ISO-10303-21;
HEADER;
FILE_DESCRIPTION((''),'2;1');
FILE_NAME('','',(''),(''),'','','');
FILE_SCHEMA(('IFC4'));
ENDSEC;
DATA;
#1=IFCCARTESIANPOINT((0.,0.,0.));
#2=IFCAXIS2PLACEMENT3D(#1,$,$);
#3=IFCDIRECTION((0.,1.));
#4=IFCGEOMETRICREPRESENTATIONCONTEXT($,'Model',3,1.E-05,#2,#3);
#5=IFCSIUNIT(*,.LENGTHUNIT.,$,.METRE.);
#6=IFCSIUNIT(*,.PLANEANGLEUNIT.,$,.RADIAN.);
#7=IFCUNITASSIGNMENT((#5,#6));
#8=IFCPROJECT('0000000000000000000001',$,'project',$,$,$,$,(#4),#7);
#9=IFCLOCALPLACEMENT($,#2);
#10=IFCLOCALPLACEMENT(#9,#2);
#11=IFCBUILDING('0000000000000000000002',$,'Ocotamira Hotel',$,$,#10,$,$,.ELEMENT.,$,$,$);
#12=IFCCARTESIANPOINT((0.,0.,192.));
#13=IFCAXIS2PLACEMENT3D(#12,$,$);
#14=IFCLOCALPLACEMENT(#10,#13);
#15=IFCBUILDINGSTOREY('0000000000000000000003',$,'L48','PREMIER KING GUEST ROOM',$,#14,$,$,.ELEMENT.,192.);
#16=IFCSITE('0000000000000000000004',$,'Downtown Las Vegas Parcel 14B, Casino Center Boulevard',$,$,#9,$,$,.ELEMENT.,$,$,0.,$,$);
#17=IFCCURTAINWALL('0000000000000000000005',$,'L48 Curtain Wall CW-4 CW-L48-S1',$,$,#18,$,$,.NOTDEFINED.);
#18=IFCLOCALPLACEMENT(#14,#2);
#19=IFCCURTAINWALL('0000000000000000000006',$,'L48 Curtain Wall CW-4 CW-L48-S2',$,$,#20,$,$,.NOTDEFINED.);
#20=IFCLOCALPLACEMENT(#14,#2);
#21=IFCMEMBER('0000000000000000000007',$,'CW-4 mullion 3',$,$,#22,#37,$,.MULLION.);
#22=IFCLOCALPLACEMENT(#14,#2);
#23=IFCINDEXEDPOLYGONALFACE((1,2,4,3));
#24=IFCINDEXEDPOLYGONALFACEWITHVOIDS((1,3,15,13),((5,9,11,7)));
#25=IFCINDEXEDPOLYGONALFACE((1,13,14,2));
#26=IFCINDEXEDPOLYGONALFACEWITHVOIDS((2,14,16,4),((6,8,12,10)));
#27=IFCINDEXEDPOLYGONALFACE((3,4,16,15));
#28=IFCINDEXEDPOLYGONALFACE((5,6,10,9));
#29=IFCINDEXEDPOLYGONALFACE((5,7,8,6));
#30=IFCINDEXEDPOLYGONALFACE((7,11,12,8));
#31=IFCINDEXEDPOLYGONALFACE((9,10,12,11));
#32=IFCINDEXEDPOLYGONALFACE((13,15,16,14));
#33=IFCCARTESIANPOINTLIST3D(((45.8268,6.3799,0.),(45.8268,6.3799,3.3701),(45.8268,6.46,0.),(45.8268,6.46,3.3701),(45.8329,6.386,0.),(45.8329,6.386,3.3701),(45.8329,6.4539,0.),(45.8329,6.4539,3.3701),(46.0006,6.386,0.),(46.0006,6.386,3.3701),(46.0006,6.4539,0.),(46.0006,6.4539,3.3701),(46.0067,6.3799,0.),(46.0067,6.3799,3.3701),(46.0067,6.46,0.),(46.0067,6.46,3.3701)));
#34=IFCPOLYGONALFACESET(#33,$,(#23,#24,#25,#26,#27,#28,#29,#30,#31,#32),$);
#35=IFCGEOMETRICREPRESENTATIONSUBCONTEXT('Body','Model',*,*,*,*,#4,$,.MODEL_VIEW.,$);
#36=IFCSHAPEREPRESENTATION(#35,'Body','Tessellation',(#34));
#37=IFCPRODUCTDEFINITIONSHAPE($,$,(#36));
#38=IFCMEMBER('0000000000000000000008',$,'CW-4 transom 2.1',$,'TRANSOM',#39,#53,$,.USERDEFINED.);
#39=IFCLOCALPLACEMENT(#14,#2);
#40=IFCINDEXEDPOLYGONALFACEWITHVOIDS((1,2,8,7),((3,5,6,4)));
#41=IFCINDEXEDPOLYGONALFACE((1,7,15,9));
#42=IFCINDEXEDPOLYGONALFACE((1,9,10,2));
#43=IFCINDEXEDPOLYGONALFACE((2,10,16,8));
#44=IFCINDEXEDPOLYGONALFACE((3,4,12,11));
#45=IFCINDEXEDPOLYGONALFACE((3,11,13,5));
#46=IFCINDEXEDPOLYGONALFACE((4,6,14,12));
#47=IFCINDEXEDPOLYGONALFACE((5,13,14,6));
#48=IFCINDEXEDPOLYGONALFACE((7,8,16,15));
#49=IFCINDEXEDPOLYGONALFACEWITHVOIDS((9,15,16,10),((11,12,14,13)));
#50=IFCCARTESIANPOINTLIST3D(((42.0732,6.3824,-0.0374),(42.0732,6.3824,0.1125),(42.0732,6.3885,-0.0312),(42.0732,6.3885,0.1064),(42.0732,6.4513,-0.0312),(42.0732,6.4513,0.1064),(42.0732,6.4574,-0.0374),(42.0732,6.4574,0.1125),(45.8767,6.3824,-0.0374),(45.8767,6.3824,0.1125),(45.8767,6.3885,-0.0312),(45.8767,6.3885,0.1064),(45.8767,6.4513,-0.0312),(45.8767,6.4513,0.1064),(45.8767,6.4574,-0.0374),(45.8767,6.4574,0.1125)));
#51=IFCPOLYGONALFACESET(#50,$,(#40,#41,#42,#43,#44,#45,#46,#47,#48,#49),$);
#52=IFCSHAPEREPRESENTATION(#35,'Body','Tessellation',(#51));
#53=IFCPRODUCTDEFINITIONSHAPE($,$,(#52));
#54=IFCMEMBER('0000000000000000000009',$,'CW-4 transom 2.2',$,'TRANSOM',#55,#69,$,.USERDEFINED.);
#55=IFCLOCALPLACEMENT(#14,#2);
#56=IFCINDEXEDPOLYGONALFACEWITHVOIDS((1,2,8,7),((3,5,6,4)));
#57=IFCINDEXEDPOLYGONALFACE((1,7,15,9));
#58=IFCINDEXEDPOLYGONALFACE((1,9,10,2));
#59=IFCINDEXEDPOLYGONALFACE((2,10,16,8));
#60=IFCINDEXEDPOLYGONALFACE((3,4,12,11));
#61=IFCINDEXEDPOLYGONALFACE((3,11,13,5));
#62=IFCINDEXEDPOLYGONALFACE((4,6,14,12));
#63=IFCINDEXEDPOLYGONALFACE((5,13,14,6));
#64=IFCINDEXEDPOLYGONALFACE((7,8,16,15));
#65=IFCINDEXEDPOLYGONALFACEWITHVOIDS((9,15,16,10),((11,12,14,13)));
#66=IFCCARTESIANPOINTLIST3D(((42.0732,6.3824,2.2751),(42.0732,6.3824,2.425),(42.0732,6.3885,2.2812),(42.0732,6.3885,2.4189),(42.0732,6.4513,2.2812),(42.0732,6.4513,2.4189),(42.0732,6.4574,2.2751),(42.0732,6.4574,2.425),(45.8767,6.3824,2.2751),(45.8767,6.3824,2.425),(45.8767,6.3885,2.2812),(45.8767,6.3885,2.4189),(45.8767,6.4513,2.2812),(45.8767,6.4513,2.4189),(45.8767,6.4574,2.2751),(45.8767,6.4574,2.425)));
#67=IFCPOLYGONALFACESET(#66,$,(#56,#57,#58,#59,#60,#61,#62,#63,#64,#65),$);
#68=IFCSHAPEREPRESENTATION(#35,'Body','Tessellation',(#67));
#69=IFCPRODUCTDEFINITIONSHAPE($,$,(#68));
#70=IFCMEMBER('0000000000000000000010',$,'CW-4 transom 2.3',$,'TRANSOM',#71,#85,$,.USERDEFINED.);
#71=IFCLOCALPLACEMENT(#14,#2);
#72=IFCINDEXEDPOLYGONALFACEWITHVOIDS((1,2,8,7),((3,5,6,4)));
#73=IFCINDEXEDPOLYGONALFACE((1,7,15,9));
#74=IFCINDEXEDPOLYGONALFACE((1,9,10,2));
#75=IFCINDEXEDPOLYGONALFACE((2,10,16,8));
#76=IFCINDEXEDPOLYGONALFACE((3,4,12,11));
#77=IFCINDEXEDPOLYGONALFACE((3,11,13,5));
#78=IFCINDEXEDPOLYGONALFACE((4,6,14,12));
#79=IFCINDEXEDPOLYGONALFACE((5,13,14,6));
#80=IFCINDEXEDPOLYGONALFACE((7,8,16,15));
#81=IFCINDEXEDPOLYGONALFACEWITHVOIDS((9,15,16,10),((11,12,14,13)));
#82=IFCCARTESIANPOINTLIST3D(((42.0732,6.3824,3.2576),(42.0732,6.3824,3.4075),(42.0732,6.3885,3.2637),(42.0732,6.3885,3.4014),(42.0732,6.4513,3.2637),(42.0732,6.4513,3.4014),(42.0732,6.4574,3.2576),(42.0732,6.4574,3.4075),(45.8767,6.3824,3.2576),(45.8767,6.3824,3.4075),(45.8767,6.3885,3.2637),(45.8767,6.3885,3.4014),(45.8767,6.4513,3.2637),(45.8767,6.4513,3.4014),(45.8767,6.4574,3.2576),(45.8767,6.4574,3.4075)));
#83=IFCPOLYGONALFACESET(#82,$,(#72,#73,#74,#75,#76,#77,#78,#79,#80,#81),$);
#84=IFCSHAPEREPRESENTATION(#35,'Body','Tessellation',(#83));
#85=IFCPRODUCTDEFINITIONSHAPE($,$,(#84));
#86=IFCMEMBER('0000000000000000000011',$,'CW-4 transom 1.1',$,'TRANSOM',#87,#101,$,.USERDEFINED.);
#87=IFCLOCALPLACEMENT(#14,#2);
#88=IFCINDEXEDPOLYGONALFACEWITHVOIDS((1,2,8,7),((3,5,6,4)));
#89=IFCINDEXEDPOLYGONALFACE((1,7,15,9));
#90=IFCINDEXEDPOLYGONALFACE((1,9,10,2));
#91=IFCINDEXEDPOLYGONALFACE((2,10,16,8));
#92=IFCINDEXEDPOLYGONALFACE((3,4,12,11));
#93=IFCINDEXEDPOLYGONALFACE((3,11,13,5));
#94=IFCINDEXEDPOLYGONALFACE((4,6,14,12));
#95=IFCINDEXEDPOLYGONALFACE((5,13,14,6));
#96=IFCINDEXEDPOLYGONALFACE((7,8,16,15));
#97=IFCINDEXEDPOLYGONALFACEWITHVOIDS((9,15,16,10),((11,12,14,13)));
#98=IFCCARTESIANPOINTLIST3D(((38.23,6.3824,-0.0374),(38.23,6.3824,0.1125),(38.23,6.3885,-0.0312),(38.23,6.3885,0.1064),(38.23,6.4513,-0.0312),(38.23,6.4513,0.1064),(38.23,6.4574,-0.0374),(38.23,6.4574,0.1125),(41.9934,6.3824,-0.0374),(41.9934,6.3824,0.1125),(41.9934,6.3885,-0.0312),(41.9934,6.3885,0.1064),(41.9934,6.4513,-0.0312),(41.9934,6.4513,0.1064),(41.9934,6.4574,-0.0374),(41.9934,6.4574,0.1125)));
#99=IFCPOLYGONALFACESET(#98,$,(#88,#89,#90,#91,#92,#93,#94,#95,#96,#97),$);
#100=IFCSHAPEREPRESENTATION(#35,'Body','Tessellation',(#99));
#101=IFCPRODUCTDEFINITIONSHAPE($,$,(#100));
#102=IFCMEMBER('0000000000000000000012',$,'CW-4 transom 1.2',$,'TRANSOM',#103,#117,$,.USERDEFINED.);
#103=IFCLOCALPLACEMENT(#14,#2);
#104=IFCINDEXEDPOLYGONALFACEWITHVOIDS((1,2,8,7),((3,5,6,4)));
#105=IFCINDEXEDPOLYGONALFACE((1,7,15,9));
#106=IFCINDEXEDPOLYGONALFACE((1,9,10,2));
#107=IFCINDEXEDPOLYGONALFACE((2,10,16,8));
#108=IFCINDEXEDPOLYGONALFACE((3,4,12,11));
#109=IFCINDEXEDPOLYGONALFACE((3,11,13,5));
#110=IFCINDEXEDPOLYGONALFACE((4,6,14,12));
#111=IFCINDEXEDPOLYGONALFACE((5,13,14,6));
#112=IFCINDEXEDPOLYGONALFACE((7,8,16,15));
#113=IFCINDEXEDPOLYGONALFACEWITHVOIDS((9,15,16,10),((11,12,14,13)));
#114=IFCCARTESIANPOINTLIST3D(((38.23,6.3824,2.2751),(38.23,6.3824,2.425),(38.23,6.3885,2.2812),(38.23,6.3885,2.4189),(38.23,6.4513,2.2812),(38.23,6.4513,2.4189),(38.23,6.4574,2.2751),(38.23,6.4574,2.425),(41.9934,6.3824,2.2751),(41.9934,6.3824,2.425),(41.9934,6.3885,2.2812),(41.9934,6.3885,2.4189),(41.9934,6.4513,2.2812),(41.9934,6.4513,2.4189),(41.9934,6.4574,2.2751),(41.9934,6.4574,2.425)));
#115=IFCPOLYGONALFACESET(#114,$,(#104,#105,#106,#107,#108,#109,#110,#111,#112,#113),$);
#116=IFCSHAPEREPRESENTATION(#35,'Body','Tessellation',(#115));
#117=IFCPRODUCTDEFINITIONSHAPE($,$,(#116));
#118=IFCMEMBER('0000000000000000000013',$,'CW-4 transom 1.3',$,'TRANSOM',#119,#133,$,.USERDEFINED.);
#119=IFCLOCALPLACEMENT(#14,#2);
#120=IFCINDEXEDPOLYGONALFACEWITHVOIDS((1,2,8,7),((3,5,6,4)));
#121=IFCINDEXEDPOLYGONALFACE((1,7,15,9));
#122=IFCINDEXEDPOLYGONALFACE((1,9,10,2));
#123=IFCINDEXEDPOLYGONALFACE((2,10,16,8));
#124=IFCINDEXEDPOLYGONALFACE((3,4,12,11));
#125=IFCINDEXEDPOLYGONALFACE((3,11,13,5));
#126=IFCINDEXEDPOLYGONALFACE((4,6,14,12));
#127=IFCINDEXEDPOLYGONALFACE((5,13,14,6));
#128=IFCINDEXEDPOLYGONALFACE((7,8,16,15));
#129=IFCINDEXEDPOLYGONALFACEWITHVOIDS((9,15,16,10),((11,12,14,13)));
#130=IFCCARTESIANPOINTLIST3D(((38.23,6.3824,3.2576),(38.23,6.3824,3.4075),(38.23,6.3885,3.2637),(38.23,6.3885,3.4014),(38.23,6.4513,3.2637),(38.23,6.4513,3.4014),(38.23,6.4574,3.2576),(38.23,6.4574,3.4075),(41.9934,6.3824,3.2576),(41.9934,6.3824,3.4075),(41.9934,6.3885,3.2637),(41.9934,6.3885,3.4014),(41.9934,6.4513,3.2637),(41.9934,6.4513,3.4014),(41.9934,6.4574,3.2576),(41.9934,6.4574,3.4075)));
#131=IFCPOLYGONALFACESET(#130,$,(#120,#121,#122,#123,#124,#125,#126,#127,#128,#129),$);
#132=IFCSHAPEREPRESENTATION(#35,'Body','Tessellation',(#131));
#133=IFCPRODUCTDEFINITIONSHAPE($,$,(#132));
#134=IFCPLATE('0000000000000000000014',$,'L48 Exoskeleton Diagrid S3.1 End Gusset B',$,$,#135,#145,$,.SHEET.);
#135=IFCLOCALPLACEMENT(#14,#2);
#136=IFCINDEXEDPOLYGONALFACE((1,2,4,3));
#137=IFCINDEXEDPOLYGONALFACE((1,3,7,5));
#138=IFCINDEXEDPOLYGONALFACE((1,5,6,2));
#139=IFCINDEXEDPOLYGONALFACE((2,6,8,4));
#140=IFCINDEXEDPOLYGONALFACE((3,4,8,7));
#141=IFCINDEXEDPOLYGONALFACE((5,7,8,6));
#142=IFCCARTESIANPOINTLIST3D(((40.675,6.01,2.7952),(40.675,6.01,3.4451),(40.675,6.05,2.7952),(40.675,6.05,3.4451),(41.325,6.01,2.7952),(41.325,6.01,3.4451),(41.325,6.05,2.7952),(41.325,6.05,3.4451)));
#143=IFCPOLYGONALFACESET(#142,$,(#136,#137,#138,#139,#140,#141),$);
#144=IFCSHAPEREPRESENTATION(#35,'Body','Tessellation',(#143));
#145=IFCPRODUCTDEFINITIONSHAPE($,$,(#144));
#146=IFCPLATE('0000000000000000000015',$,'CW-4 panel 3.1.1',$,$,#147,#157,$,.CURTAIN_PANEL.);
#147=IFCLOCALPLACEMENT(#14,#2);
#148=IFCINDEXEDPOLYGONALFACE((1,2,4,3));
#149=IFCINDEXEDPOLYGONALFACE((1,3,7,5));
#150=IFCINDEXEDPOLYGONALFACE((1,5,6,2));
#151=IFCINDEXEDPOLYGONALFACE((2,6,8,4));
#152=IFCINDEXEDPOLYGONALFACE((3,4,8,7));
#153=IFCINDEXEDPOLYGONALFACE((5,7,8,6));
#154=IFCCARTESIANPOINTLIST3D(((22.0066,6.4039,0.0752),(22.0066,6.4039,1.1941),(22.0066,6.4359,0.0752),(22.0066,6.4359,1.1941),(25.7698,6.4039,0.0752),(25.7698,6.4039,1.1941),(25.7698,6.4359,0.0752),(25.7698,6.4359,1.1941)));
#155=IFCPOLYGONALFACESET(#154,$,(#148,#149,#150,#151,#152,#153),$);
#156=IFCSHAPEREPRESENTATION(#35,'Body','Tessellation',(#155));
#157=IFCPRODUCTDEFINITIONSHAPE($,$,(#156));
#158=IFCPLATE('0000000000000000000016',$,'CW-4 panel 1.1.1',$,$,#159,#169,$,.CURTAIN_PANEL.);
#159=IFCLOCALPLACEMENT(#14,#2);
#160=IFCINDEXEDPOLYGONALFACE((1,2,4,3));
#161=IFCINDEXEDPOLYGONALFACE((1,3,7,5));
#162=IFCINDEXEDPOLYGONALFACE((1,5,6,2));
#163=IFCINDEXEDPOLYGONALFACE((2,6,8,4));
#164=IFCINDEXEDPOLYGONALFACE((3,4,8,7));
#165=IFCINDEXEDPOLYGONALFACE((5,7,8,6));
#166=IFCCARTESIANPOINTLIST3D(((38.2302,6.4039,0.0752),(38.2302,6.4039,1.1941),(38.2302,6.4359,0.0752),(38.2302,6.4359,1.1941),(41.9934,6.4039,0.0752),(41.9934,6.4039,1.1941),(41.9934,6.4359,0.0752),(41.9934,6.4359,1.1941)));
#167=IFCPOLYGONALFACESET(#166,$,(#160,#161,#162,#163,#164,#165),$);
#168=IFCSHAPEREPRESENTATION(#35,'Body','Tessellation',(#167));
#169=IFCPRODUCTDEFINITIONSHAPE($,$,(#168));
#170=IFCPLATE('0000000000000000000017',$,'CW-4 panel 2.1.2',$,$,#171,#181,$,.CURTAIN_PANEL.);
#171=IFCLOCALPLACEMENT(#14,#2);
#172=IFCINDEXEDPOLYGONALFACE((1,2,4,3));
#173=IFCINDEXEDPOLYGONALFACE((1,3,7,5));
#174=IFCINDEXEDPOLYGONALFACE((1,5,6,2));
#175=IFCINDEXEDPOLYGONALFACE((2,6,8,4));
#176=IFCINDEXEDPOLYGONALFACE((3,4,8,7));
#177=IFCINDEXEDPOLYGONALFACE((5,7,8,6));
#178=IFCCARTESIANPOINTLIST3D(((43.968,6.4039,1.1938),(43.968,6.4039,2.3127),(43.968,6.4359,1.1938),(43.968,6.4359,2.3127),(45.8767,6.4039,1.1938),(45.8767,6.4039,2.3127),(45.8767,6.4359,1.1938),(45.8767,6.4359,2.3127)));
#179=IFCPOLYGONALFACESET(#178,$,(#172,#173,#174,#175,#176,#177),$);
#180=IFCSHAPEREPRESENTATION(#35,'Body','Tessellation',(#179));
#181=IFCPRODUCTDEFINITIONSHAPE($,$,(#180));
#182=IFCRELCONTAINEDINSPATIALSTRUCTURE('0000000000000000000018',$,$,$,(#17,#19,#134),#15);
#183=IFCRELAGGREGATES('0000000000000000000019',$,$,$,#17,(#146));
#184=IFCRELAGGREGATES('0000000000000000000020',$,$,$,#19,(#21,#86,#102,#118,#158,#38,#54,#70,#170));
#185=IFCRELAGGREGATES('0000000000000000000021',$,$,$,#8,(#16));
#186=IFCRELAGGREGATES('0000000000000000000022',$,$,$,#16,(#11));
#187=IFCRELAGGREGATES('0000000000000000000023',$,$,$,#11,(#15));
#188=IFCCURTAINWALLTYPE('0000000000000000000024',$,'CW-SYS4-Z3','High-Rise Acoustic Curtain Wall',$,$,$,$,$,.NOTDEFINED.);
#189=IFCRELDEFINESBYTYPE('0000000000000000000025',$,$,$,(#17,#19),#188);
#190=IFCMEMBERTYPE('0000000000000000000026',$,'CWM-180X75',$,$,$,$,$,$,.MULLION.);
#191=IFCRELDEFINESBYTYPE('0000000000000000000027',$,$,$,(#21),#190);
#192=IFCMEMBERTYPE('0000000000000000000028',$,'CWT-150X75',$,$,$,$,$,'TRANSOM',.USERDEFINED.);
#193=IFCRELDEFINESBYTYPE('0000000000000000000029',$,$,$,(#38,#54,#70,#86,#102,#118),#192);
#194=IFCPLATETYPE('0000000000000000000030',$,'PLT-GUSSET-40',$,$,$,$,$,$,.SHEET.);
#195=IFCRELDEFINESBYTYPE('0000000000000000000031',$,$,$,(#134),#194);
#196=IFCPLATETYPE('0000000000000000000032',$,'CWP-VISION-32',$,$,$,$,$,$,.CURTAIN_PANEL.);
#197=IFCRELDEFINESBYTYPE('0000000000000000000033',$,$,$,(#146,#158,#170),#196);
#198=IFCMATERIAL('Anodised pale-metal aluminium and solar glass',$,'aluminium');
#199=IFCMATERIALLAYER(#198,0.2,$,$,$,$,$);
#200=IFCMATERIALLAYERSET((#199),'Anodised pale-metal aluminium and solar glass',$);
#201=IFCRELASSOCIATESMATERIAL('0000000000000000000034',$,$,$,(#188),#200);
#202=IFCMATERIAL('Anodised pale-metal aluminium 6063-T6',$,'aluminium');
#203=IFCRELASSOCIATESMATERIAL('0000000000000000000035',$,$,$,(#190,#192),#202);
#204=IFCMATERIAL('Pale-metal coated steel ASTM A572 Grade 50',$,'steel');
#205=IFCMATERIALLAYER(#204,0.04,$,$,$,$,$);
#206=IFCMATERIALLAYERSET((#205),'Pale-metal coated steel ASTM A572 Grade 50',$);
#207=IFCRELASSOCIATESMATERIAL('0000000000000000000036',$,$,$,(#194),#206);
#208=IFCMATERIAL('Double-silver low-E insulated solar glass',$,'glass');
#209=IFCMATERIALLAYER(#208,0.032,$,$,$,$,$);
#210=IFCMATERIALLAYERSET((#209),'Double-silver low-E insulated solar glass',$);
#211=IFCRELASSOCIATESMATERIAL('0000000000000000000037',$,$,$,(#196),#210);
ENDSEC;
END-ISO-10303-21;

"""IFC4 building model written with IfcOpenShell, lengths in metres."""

from ifc_helpers import new_model, si_unit, direction, frame, origin, origin_2d, place, context, subcontext, project, spatial, rectangle, hollow_rectangle, extrude, source, transform, mapped, material, layer, layer_set, material_profile, profile_set, type_object, element, aggregate, save


model = new_model("IFC4")

# Units and contexts
model_context = context("Model", 3, precision=1e-05, world=origin(), true_north=direction((0.0, 1.0)))
body_context = subcontext(model_context, "Body", "Model", "MODEL_VIEW")
ifc_project = project(units=[si_unit("LENGTHUNIT", "METRE"), si_unit("PLANEANGLEUNIT", "RADIAN")], contexts=[model_context])

# Site, building, storey
site_placement = place(None, origin())
site = spatial("IfcSite", under=ifc_project, at=site_placement, Name="Downtown Las Vegas Parcel 14B, Casino Center Boulevard", CompositionType="ELEMENT", RefElevation=0.0)
building_placement = place(site_placement, origin())
building = spatial("IfcBuilding", under=site, at=building_placement, Name="Ocotamira Hotel", CompositionType="ELEMENT")
storey_placement = place(building_placement, frame((0.0, 0.0, 192.0)))
storey = spatial("IfcBuildingStorey", under=building, at=storey_placement, Name="L48", Description="PREMIER KING GUEST ROOM", CompositionType="ELEMENT", Elevation=192.0)

# Curtain wall
ifc_material_1 = material(Name="Anodised pale-metal aluminium and solar glass", Category="aluminium")
ifc_layer_1 = layer(ifc_material_1, 0.2)
ifc_layer_set_1 = layer_set([ifc_layer_1], Name="Anodised pale-metal aluminium and solar glass")
curtain_wall_type = type_object("IfcCurtainWallType", Name="CW-SYS4-Z3", Description="High-Rise Acoustic Curtain Wall", PredefinedType="NOTDEFINED", material=ifc_layer_set_1)
curtain_wall_1_placement = place(storey_placement, origin())
curtain_wall_1 = element("IfcCurtainWall", 1, at=curtain_wall_1_placement, inside=storey, type_object=curtain_wall_type, Name="L48 Curtain Wall CW-4 CW-L48-S1", PredefinedType="NOTDEFINED")
ifc_material_2 = material(Name="Anodised pale-metal aluminium 6063-T6", Category="aluminium")
ifc_material_profile_1 = material_profile(ifc_material_2, hollow_rectangle(XDim=0.0801, YDim=0.1799, WallThickness=0.0061, at=origin_2d()), Name="HSS180X80X6")
ifc_profile_set_1 = profile_set([ifc_material_profile_1], Name="Anodised pale-metal aluminium 6063-T6")
member_type_1 = type_object("IfcMemberType", Name="CWM-180X75", PredefinedType="MULLION", material=ifc_profile_set_1)
shared_shape_1 = source(origin(), body_context, "Body", "SweptSolid", [
    extrude(hollow_rectangle(XDim=0.0801, YDim=0.1799, WallThickness=0.0061, at=origin_2d()), origin(), (0.0, 0.0, 1.0), 3.3701),
])

# Curtain wall, members
curtain_wall_2_placement = place(storey_placement, origin())
curtain_wall_2 = element("IfcCurtainWall", 2, at=curtain_wall_2_placement, inside=storey, type_object=curtain_wall_type, Name="L48 Curtain Wall CW-4 CW-L48-S2", PredefinedType="NOTDEFINED")
member_1_placement = place(storey_placement, frame((45.9167, 6.4199, 0.0), z_axis=(0.0, 0.0, 1.0), x_axis=(0.0, 1.0, 0.0)))
member_1 = element("IfcMember", 3, at=member_1_placement, type_object=member_type_1, Name="CW-4 mullion 3", PredefinedType="MULLION", context=body_context, shape_type="MappedRepresentation", body=[
    mapped(shared_shape_1, transform((0.0, 0.0, 0.0), scale=1.0)),
])
ifc_material_profile_2 = material_profile(ifc_material_2, hollow_rectangle(XDim=0.075, YDim=0.1499, WallThickness=0.0061, at=origin_2d()), Name="HSS150X75X6")
ifc_profile_set_2 = profile_set([ifc_material_profile_2], Name="Anodised pale-metal aluminium 6063-T6")
member_type_2 = type_object("IfcMemberType", Name="CWT-150X75", ElementType="TRANSOM", PredefinedType="USERDEFINED", material=ifc_profile_set_2)
shared_shape_2 = source(origin(), body_context, "Body", "SweptSolid", [
    extrude(hollow_rectangle(XDim=0.075, YDim=0.1499, WallThickness=0.0061, at=origin_2d()), origin(), (0.0, 0.0, 1.0), 3.8035),
])
member_2_placement = place(storey_placement, frame((42.0732, 6.4199, 0.0376), z_axis=(1.0, 0.0, 0.0), x_axis=(0.0, 1.0, 0.0)))
member_2 = element("IfcMember", 4, at=member_2_placement, type_object=member_type_2, Name="CW-4 transom 2.1", ObjectType="TRANSOM", PredefinedType="USERDEFINED", context=body_context, shape_type="MappedRepresentation", body=[
    mapped(shared_shape_2, transform((0.0, 0.0, 0.0), scale=1.0)),
])
member_3_placement = place(storey_placement, frame((42.0732, 6.4199, 2.3501), z_axis=(1.0, 0.0, 0.0), x_axis=(0.0, 1.0, 0.0)))
member_3 = element("IfcMember", 5, at=member_3_placement, type_object=member_type_2, Name="CW-4 transom 2.2", ObjectType="TRANSOM", PredefinedType="USERDEFINED", context=body_context, shape_type="MappedRepresentation", body=[
    mapped(shared_shape_2, transform((0.0, 0.0, 0.0), scale=1.0)),
])
member_4_placement = place(storey_placement, frame((42.0732, 6.4199, 3.3325), z_axis=(1.0, 0.0, 0.0), x_axis=(0.0, 1.0, 0.0)))
member_4 = element("IfcMember", 6, at=member_4_placement, type_object=member_type_2, Name="CW-4 transom 2.3", ObjectType="TRANSOM", PredefinedType="USERDEFINED", context=body_context, shape_type="MappedRepresentation", body=[
    mapped(shared_shape_2, transform((0.0, 0.0, 0.0), scale=1.0)),
])
shared_shape_3 = source(origin(), body_context, "Body", "SweptSolid", [
    extrude(hollow_rectangle(XDim=0.075, YDim=0.1499, WallThickness=0.0061, at=origin_2d()), origin(), (0.0, 0.0, 1.0), 3.7634),
])
member_5_placement = place(storey_placement, frame((38.23, 6.4199, 0.0376), z_axis=(1.0, 0.0, 0.0), x_axis=(0.0, 1.0, 0.0)))
member_5 = element("IfcMember", 7, at=member_5_placement, type_object=member_type_2, Name="CW-4 transom 1.1", ObjectType="TRANSOM", PredefinedType="USERDEFINED", context=body_context, shape_type="MappedRepresentation", body=[
    mapped(shared_shape_3, transform((0.0, 0.0, 0.0), scale=1.0)),
])
member_6_placement = place(storey_placement, frame((38.23, 6.4199, 2.3501), z_axis=(1.0, 0.0, 0.0), x_axis=(0.0, 1.0, 0.0)))
member_6 = element("IfcMember", 8, at=member_6_placement, type_object=member_type_2, Name="CW-4 transom 1.2", ObjectType="TRANSOM", PredefinedType="USERDEFINED", context=body_context, shape_type="MappedRepresentation", body=[
    mapped(shared_shape_3, transform((0.0, 0.0, 0.0), scale=1.0)),
])
member_7_placement = place(storey_placement, frame((38.23, 6.4199, 3.3325), z_axis=(1.0, 0.0, 0.0), x_axis=(0.0, 1.0, 0.0)))
member_7 = element("IfcMember", 9, at=member_7_placement, type_object=member_type_2, Name="CW-4 transom 1.3", ObjectType="TRANSOM", PredefinedType="USERDEFINED", context=body_context, shape_type="MappedRepresentation", body=[
    mapped(shared_shape_3, transform((0.0, 0.0, 0.0), scale=1.0)),
])

# Plates
ifc_material_3 = material(Name="Pale-metal coated steel ASTM A572 Grade 50", Category="steel")
ifc_layer_2 = layer(ifc_material_3, 0.04)
ifc_layer_set_2 = layer_set([ifc_layer_2], Name="Pale-metal coated steel ASTM A572 Grade 50")
plate_type_1 = type_object("IfcPlateType", Name="PLT-GUSSET-40", PredefinedType="SHEET", material=ifc_layer_set_2)
shared_shape_4 = source(origin(), body_context, "Body", "SweptSolid", [
    extrude(rectangle(XDim=0.6499, YDim=0.04, at=origin_2d()), origin(), (0.0, 0.0, 1.0), 0.6499),
])
plate_1_placement = place(storey_placement, frame((41.0, 6.03, 2.7952), z_axis=(0.0, 0.0, 1.0), x_axis=(-1.0, 0.0, 0.0)))
element("IfcPlate", 10, at=plate_1_placement, inside=storey, type_object=plate_type_1, Name="L48 Exoskeleton Diagrid S3.1 End Gusset B", PredefinedType="SHEET", context=body_context, shape_type="MappedRepresentation", body=[
    mapped(shared_shape_4, transform((0.0, 0.0, 0.0), scale=1.0)),
])
ifc_material_4 = material(Name="Double-silver low-E insulated solar glass", Category="glass")
ifc_layer_3 = layer(ifc_material_4, 0.032)
ifc_layer_set_3 = layer_set([ifc_layer_3], Name="Double-silver low-E insulated solar glass")
plate_type_2 = type_object("IfcPlateType", Name="CWP-VISION-32", PredefinedType="CURTAIN_PANEL", material=ifc_layer_set_3)
shared_shape_5 = source(origin(), body_context, "Body", "SweptSolid", [
    extrude(rectangle(XDim=3.7632, YDim=0.032, at=origin_2d()), origin(), (0.0, 0.0, 1.0), 1.1189),
])
plate_2_placement = place(storey_placement, frame((23.8882, 6.4199, 0.0752), z_axis=(0.0, 0.0, 1.0), x_axis=(1.0, 0.0, 0.0)))
plate_2 = element("IfcPlate", 11, at=plate_2_placement, type_object=plate_type_2, Name="CW-4 panel 3.1.1", PredefinedType="CURTAIN_PANEL", context=body_context, shape_type="MappedRepresentation", body=[
    mapped(shared_shape_5, transform((0.0, 0.0, 0.0), scale=1.0)),
])
plate_3_placement = place(storey_placement, frame((40.1118, 6.4199, 0.0752), z_axis=(0.0, 0.0, 1.0), x_axis=(1.0, 0.0, 0.0)))
plate_3 = element("IfcPlate", 12, at=plate_3_placement, type_object=plate_type_2, Name="CW-4 panel 1.1.1", PredefinedType="CURTAIN_PANEL", context=body_context, shape_type="MappedRepresentation", body=[
    mapped(shared_shape_5, transform((0.0, 0.0, 0.0), scale=1.0)),
])
shared_shape_6 = source(origin(), body_context, "Body", "SweptSolid", [
    extrude(rectangle(XDim=1.9087, YDim=0.032, at=origin_2d()), origin(), (0.0, 0.0, 1.0), 1.1189),
])
plate_4_placement = place(storey_placement, frame((44.9224, 6.4199, 1.1938), z_axis=(0.0, 0.0, 1.0), x_axis=(1.0, 0.0, 0.0)))
plate_4 = element("IfcPlate", 13, at=plate_4_placement, type_object=plate_type_2, Name="CW-4 panel 2.1.2", PredefinedType="CURTAIN_PANEL", context=body_context, shape_type="MappedRepresentation", body=[
    mapped(shared_shape_6, transform((0.0, 0.0, 0.0), scale=1.0)),
])
aggregate(curtain_wall_1, [plate_2])
aggregate(curtain_wall_2, [member_1, member_5, member_6, member_7, plate_3, member_2, member_3, member_4, plate_4])

save(model, "model.ifc")
